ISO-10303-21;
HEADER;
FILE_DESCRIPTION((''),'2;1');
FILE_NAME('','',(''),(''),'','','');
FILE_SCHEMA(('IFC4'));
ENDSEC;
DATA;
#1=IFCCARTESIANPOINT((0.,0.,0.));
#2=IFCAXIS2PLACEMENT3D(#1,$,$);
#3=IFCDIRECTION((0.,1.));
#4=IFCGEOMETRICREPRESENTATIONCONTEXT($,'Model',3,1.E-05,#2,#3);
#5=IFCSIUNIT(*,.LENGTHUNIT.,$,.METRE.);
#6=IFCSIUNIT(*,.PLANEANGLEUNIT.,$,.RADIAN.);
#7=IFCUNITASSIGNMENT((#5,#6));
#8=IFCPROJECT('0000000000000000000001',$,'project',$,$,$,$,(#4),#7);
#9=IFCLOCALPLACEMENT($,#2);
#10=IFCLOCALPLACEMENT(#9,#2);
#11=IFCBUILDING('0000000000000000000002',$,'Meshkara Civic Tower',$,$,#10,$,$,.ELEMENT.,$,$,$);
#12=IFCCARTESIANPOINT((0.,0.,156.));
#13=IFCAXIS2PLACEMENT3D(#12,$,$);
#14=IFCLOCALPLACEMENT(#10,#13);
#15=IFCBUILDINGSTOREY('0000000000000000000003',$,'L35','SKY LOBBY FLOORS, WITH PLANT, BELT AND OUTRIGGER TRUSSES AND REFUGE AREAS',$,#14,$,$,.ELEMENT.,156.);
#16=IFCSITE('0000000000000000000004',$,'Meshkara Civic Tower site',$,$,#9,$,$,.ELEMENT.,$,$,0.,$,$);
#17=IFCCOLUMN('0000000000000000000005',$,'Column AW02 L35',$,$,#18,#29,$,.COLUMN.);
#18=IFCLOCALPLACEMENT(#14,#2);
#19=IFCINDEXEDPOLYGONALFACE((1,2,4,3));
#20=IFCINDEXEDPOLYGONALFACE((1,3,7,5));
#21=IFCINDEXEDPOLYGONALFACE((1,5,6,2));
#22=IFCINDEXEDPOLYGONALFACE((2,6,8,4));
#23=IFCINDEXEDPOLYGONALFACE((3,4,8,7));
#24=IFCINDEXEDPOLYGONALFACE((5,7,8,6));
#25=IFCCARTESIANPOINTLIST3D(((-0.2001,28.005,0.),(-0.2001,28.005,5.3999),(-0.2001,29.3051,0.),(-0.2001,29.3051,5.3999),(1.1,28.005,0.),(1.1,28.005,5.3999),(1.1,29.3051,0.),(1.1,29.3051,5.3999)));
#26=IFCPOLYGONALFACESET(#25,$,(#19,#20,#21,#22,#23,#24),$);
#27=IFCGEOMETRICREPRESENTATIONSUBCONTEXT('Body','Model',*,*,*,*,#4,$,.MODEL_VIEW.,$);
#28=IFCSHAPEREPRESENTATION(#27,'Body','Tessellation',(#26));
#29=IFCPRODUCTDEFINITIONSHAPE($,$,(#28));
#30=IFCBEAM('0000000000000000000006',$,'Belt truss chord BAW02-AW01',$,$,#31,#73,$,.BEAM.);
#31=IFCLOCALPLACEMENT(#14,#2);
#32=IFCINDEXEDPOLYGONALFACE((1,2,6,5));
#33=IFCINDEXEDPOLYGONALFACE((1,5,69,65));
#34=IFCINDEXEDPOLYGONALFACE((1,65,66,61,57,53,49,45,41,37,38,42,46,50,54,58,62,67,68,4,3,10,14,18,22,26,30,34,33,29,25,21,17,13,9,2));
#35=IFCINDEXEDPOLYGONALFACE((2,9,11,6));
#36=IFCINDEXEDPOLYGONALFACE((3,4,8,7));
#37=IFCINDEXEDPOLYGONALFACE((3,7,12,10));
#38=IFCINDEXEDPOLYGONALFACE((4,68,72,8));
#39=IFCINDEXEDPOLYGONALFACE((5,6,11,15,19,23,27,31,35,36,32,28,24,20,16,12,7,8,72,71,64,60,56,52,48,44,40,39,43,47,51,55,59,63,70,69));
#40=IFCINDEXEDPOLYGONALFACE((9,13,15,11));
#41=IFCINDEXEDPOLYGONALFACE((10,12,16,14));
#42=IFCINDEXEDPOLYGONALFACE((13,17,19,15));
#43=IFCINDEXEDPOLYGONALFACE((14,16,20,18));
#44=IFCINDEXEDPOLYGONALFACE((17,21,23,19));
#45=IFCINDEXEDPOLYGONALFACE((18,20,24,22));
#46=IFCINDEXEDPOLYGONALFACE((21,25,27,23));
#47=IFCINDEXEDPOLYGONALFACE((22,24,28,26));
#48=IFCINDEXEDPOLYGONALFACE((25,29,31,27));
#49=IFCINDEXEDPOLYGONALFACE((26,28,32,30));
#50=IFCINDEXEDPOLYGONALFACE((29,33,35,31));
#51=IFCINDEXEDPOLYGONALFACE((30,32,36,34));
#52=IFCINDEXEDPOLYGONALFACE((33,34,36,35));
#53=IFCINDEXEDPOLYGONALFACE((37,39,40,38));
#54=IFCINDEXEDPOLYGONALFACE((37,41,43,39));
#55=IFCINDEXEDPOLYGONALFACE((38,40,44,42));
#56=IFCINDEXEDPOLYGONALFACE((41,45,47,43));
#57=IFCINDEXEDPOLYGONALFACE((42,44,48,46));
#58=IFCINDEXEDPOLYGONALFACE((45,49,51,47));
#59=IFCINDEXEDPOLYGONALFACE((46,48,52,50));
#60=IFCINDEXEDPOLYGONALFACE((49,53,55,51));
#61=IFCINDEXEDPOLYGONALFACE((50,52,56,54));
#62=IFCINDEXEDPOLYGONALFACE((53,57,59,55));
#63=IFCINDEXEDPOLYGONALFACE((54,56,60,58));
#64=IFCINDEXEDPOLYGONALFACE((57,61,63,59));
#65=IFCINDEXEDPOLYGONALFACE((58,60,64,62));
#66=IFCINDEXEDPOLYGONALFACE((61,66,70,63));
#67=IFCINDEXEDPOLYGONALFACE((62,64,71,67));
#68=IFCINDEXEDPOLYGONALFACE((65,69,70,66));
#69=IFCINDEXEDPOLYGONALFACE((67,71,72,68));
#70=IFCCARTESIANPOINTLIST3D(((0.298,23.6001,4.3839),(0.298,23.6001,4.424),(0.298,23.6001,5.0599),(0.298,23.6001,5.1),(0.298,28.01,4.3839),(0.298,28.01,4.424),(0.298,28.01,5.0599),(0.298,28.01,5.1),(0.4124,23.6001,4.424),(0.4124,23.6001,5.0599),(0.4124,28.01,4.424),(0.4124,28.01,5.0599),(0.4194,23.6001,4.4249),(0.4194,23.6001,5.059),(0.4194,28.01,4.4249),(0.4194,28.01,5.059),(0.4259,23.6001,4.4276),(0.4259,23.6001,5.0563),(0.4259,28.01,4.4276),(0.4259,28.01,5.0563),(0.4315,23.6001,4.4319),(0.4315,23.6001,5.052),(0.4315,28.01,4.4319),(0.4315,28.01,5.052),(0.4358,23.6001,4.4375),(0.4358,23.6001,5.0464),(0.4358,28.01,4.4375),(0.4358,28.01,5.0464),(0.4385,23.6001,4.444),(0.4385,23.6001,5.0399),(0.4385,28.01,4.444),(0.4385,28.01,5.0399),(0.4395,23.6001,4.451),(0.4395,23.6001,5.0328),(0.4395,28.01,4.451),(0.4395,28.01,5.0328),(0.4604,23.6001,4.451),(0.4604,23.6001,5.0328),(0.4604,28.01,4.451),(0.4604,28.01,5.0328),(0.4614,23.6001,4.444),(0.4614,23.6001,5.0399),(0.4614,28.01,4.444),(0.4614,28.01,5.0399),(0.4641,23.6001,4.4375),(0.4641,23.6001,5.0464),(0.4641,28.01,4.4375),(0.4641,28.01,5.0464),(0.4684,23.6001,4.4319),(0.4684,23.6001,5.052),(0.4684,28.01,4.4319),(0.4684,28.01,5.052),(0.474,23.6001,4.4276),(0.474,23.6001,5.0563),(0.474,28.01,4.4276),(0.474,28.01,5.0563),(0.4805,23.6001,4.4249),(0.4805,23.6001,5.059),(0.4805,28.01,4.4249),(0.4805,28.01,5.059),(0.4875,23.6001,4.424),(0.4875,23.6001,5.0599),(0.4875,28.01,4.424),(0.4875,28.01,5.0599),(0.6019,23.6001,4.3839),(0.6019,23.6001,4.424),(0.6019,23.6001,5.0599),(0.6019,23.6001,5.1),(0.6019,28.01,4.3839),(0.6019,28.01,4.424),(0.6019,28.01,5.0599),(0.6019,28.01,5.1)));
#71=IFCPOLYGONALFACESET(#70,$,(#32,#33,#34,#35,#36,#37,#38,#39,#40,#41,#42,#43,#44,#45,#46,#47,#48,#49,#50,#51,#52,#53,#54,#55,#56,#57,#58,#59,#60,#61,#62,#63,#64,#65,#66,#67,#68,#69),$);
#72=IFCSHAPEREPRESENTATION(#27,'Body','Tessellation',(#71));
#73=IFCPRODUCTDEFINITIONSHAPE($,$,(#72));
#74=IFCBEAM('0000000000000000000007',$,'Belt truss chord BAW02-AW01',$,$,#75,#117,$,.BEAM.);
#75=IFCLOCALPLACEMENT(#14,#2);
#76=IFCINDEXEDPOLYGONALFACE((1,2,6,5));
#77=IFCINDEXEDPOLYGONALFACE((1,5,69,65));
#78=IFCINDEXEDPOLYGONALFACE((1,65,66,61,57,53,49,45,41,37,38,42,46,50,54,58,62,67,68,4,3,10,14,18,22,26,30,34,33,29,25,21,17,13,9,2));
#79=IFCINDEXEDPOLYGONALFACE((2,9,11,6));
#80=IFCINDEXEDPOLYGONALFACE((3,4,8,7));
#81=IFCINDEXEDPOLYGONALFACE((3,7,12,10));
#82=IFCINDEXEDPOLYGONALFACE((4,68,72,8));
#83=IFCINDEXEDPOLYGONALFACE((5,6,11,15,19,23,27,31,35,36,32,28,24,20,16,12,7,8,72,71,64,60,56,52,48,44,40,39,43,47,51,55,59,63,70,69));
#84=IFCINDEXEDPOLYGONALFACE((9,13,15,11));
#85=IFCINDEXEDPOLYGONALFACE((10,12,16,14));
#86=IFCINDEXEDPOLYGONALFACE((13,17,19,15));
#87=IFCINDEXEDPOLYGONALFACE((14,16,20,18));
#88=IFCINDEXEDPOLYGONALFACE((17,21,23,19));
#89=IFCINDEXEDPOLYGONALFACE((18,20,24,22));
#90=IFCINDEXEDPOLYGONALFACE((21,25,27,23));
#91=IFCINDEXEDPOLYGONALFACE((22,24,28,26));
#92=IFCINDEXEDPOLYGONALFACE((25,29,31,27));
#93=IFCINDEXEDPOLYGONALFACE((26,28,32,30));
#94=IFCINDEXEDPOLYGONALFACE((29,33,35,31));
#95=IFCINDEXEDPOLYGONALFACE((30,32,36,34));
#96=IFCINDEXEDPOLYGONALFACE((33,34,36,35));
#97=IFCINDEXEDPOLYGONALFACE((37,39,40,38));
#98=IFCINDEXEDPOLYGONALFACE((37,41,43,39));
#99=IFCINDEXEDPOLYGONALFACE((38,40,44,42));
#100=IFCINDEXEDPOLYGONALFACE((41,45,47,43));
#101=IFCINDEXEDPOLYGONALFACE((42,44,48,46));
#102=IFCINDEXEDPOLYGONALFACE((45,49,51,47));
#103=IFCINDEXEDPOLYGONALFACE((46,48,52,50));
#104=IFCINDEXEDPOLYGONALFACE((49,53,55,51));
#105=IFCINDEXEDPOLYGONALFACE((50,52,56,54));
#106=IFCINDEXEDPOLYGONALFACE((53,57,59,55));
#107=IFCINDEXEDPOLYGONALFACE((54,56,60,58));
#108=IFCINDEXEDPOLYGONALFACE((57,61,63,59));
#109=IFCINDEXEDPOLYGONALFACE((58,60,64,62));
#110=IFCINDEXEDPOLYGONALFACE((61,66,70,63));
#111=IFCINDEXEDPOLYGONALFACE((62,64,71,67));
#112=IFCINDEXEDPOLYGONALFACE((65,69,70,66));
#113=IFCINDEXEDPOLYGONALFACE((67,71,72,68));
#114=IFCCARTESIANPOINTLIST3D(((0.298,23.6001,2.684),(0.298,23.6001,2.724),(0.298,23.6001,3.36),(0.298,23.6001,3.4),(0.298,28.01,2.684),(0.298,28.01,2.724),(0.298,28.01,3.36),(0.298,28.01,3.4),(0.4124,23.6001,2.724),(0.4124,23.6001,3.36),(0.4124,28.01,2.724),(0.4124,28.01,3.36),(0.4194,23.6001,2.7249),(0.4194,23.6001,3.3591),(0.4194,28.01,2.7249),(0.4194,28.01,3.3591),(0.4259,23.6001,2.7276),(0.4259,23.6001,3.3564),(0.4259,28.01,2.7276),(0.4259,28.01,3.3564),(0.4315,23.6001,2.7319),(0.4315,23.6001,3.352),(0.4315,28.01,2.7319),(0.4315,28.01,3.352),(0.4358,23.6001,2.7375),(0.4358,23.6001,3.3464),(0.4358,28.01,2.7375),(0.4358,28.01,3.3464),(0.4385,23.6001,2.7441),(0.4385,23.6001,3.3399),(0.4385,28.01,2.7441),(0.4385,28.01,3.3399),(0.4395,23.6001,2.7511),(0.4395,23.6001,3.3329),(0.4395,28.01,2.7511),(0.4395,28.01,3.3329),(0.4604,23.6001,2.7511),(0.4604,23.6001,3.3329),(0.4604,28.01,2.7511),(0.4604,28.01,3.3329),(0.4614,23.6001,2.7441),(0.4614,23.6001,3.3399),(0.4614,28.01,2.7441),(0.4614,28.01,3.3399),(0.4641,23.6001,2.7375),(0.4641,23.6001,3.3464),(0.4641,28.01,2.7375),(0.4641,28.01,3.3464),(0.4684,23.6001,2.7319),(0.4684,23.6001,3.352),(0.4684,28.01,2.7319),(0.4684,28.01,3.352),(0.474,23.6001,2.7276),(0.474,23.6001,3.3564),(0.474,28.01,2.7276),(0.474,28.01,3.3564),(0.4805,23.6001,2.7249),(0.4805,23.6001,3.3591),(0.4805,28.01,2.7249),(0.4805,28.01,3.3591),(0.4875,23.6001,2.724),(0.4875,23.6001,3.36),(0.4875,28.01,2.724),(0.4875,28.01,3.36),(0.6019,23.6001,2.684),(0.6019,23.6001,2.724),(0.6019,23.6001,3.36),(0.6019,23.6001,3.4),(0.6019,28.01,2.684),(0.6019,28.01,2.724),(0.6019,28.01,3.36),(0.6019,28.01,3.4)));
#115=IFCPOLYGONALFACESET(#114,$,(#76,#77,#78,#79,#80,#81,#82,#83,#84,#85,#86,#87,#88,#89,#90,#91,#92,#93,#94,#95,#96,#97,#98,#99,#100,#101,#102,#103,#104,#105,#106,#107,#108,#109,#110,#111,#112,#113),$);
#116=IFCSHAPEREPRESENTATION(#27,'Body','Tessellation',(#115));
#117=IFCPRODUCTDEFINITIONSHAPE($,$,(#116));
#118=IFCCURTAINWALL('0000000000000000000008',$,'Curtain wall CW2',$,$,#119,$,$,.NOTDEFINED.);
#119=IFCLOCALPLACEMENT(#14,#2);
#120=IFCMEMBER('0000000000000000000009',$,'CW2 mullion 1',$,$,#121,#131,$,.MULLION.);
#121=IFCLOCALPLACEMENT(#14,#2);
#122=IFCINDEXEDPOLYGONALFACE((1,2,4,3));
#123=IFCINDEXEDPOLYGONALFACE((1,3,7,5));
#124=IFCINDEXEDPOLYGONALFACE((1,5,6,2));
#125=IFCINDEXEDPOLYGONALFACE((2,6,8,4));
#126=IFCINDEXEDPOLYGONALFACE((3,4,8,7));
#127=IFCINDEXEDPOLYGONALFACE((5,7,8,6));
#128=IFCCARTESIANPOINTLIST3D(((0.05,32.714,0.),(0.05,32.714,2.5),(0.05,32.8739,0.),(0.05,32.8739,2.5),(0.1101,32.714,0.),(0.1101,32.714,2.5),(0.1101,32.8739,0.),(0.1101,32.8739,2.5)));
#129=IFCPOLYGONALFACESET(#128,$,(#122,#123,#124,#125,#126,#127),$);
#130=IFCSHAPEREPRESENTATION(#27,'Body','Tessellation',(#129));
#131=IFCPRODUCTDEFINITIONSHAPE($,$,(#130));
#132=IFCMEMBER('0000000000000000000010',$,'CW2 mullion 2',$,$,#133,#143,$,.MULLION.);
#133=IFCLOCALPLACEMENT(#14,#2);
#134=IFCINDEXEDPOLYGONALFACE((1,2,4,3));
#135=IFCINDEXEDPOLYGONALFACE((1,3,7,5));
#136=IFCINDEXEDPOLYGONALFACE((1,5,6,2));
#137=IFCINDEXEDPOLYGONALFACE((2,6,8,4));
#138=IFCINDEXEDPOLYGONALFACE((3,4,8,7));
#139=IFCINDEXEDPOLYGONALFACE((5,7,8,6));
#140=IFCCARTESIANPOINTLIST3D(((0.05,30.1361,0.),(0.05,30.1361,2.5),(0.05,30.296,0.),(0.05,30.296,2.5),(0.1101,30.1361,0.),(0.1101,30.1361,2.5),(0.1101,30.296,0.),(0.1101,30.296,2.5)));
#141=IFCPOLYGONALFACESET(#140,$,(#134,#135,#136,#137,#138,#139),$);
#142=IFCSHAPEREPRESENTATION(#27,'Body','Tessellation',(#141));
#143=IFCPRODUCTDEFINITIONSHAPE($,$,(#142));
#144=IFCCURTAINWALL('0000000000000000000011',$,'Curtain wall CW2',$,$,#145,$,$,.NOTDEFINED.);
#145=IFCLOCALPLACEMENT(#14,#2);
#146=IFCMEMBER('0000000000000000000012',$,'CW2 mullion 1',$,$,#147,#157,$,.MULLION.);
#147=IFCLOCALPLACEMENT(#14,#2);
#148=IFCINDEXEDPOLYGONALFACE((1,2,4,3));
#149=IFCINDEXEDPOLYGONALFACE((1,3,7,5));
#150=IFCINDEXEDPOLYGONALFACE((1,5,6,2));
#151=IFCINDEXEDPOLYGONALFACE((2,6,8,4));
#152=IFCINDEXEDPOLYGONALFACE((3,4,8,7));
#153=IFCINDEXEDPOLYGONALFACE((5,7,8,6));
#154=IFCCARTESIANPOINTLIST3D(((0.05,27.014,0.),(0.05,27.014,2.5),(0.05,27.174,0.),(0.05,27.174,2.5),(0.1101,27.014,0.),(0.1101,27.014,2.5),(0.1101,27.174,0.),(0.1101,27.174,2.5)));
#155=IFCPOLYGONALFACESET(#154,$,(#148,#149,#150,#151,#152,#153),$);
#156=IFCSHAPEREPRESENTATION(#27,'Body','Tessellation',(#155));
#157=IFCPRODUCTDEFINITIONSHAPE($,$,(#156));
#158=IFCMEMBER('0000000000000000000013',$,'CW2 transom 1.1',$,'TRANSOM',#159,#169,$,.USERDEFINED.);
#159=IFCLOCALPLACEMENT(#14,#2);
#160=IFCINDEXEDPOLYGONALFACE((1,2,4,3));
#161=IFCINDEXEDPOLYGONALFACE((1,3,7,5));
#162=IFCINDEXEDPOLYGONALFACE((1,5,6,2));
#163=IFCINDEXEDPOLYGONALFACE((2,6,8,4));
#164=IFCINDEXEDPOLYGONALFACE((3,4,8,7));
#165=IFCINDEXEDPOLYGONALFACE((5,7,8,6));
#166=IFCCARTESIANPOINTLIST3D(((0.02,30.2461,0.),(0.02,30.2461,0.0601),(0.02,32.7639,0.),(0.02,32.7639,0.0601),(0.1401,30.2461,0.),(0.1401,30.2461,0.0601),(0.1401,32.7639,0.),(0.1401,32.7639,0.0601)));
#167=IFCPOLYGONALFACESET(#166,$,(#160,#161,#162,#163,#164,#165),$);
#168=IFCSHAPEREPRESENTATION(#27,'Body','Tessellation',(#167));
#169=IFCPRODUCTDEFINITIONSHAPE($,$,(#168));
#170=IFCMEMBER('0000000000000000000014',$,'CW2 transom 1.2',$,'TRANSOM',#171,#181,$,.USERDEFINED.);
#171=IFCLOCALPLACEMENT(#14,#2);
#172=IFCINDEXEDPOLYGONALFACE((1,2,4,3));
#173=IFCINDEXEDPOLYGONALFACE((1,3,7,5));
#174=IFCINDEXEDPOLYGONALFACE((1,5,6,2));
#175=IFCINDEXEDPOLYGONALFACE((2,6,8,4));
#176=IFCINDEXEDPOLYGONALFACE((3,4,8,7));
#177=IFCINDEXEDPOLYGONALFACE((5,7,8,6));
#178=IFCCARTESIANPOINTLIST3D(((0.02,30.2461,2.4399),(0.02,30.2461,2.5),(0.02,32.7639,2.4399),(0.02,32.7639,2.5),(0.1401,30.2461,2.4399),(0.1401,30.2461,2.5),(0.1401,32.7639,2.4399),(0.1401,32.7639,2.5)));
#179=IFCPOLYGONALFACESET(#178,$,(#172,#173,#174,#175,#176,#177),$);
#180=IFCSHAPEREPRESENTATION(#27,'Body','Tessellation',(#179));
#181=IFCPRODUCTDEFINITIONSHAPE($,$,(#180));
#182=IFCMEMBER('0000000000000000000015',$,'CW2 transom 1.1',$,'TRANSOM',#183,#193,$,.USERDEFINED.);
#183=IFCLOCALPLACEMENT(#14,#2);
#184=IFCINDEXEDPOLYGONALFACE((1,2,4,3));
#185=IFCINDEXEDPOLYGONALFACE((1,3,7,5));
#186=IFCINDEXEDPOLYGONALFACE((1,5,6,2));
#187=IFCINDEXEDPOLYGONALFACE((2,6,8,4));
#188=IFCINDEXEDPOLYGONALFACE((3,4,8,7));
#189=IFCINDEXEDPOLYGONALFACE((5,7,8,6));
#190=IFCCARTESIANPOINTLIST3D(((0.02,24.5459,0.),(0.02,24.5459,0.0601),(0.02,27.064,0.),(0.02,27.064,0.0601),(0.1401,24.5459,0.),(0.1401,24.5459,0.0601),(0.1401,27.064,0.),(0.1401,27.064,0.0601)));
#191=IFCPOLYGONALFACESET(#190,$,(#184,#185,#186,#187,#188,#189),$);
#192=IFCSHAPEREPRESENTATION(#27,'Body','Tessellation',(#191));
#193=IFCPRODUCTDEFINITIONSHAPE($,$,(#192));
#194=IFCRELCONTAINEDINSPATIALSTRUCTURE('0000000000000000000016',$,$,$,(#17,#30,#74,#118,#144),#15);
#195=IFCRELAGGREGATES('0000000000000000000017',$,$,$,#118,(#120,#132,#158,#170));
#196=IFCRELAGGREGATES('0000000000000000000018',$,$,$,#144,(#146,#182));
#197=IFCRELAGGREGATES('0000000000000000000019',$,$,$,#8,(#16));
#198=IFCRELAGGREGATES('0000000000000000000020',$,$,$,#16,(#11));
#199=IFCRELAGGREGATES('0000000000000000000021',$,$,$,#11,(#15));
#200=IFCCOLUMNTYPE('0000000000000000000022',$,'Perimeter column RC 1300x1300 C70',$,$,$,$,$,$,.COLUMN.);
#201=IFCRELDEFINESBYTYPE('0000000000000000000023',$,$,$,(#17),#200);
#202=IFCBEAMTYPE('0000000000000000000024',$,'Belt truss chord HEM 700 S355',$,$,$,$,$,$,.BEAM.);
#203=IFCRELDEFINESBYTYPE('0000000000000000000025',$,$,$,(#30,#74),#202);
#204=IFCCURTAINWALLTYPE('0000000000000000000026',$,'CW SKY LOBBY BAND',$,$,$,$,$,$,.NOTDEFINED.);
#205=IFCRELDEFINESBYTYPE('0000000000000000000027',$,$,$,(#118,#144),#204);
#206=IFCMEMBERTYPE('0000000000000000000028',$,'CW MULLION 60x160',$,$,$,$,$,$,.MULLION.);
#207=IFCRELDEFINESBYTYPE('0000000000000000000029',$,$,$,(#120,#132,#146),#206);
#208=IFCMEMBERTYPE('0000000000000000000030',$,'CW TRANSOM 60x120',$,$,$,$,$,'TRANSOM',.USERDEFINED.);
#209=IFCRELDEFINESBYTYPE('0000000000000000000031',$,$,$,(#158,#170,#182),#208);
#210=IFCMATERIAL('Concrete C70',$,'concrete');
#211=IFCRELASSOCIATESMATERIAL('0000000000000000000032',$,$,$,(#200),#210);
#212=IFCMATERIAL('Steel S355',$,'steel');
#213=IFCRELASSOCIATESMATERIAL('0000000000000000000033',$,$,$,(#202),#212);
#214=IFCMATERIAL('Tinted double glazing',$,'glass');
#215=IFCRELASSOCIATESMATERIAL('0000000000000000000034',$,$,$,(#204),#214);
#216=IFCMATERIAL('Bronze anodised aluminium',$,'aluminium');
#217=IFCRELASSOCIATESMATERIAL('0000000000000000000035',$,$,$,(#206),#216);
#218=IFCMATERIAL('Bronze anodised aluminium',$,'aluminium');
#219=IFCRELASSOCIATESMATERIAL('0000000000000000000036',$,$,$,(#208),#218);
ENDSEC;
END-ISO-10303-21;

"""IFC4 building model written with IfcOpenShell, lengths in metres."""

from ifc_helpers import new_model, si_unit, direction, frame, origin, origin_2d, place, context, subcontext, project, spatial, rectangle, i_section, extrude, material, material_profile, profile_set, type_object, element, aggregate, save


model = new_model("IFC4")

# Units and contexts
model_context = context("Model", 3, precision=1e-05, world=origin(), true_north=direction((0.0, 1.0)))
body_context = subcontext(model_context, "Body", "Model", "MODEL_VIEW")
ifc_project = project(units=[si_unit("LENGTHUNIT", "METRE"), si_unit("PLANEANGLEUNIT", "RADIAN")], contexts=[model_context])

# Site, building, storey
site_placement = place(None, origin())
site = spatial("IfcSite", under=ifc_project, at=site_placement, Name="Meshkara Civic Tower site", CompositionType="ELEMENT", RefElevation=0.0)
building_placement = place(site_placement, origin())
building = spatial("IfcBuilding", under=site, at=building_placement, Name="Meshkara Civic Tower", CompositionType="ELEMENT")
storey_placement = place(building_placement, frame((0.0, 0.0, 156.0)))
storey = spatial("IfcBuildingStorey", under=building, at=storey_placement, Name="L35", Description="SKY LOBBY FLOORS, WITH PLANT, BELT AND OUTRIGGER TRUSSES AND REFUGE AREAS", CompositionType="ELEMENT", Elevation=156.0)

# Column
ifc_material_1 = material(Name="Concrete C70", Category="concrete")
ifc_material_profile_1 = material_profile(ifc_material_1, rectangle(XDim=1.3, YDim=1.3, at=origin_2d()))
ifc_profile_set_1 = profile_set([ifc_material_profile_1], Name="Concrete C70")
column_type = type_object("IfcColumnType", Name="Perimeter column RC 1300x1300 C70", PredefinedType="COLUMN", material=ifc_profile_set_1)
column_placement = place(storey_placement, frame((0.45, 28.655, 0.0), z_axis=(0.0, 0.0, 1.0), x_axis=(1.0, 0.0, 0.0)))
element("IfcColumn", 1, at=column_placement, inside=storey, type_object=column_type, Name="Column AW02 L35", PredefinedType="COLUMN", context=body_context, shape_type="SweptSolid", body=[
    extrude(rectangle(XDim=1.3, YDim=1.3, at=origin_2d()), origin(), (0.0, 0.0, 1.0), 5.3999),
])

# Beams
ifc_material_2 = material(Name="Steel S355", Category="steel")
ifc_material_profile_2 = material_profile(ifc_material_2, i_section(OverallWidth=0.304, OverallDepth=0.7161, WebThickness=0.021, FlangeThickness=0.04, FilletRadius=0.0271, at=origin_2d()))
ifc_profile_set_2 = profile_set([ifc_material_profile_2], Name="Steel S355")
beam_type = type_object("IfcBeamType", Name="Belt truss chord HEM 700 S355", PredefinedType="BEAM", material=ifc_profile_set_2)
for number, where, z_axis, x_axis, name in (
    (2, (0.45, 28.01, 4.7419), (0.0, -1.0, 0.0), (1.0, 0.0, 0.0), "Belt truss chord BAW02-AW01"),
    (3, (0.45, 28.01, 3.042), (0.0, -1.0, 0.0), (1.0, 0.0, 0.0), "Belt truss chord BAW02-AW01"),
):
    element("IfcBeam", number, at=place(storey_placement, frame(where, z_axis=z_axis, x_axis=x_axis)), inside=storey, type_object=beam_type, Name=name, PredefinedType="BEAM", context=body_context, shape_type="SweptSolid", body=[
        extrude(i_section(OverallWidth=0.304, OverallDepth=0.7161, WebThickness=0.021, FlangeThickness=0.04, FilletRadius=0.0271, at=origin_2d()), origin(), (0.0, 0.0, 1.0), 4.4099),
    ])

# Curtain wall, members
ifc_material_3 = material(Name="Tinted double glazing", Category="glass")
curtain_wall_type = type_object("IfcCurtainWallType", Name="CW SKY LOBBY BAND", PredefinedType="NOTDEFINED", material=ifc_material_3)
curtain_wall_1_placement = place(storey_placement, origin())
curtain_wall_1 = element("IfcCurtainWall", 4, at=curtain_wall_1_placement, inside=storey, type_object=curtain_wall_type, Name="Curtain wall CW2", PredefinedType="NOTDEFINED")
ifc_material_4 = material(Name="Bronze anodised aluminium", Category="aluminium")
ifc_material_profile_3 = material_profile(ifc_material_4, rectangle(XDim=0.0601, YDim=0.1599, at=origin_2d()))
ifc_profile_set_3 = profile_set([ifc_material_profile_3], Name="Bronze anodised aluminium")
member_type_1 = type_object("IfcMemberType", Name="CW MULLION 60x160", PredefinedType="MULLION", material=ifc_profile_set_3)
member_1_placement = place(storey_placement, frame((0.0801, 32.7939, 0.0), z_axis=(0.0, 0.0, 1.0), x_axis=(1.0, 0.0, 0.0)))
member_1 = element("IfcMember", 5, at=member_1_placement, type_object=member_type_1, Name="CW2 mullion 1", PredefinedType="MULLION", context=body_context, shape_type="SweptSolid", body=[
    extrude(rectangle(XDim=0.0601, YDim=0.1599, at=origin_2d()), origin(), (0.0, 0.0, 1.0), 2.5),
])
member_2_placement = place(storey_placement, frame((0.0801, 30.2161, 0.0), z_axis=(0.0, 0.0, 1.0), x_axis=(1.0, 0.0, 0.0)))
member_2 = element("IfcMember", 6, at=member_2_placement, type_object=member_type_1, Name="CW2 mullion 2", PredefinedType="MULLION", context=body_context, shape_type="SweptSolid", body=[
    extrude(rectangle(XDim=0.0601, YDim=0.1599, at=origin_2d()), origin(), (0.0, 0.0, 1.0), 2.5),
])

# Curtain wall, member
curtain_wall_2_placement = place(storey_placement, origin())
curtain_wall_2 = element("IfcCurtainWall", 7, at=curtain_wall_2_placement, inside=storey, type_object=curtain_wall_type, Name="Curtain wall CW2", PredefinedType="NOTDEFINED")
member_3_placement = place(storey_placement, frame((0.0801, 27.094, 0.0), z_axis=(0.0, 0.0, 1.0), x_axis=(1.0, 0.0, 0.0)))
member_3 = element("IfcMember", 8, at=member_3_placement, type_object=member_type_1, Name="CW2 mullion 1", PredefinedType="MULLION", context=body_context, shape_type="SweptSolid", body=[
    extrude(rectangle(XDim=0.0601, YDim=0.1599, at=origin_2d()), origin(), (0.0, 0.0, 1.0), 2.5),
])

# Members
ifc_material_5 = material(Name="Bronze anodised aluminium", Category="aluminium")
ifc_material_profile_4 = material_profile(ifc_material_5, rectangle(XDim=0.1201, YDim=0.0601, at=origin_2d()))
ifc_profile_set_4 = profile_set([ifc_material_profile_4], Name="Bronze anodised aluminium")
member_type_2 = type_object("IfcMemberType", Name="CW TRANSOM 60x120", ElementType="TRANSOM", PredefinedType="USERDEFINED", material=ifc_profile_set_4)
member_4_placement = place(storey_placement, frame((0.0801, 32.7639, 0.03), z_axis=(0.0, -1.0, 0.0), x_axis=(1.0, 0.0, 0.0)))
member_4 = element("IfcMember", 9, at=member_4_placement, type_object=member_type_2, Name="CW2 transom 1.1", ObjectType="TRANSOM", PredefinedType="USERDEFINED", context=body_context, shape_type="SweptSolid", body=[
    extrude(rectangle(XDim=0.1201, YDim=0.0601, at=origin_2d()), origin(), (0.0, 0.0, 1.0), 2.5178),
])
member_5_placement = place(storey_placement, frame((0.0801, 32.7639, 2.47), z_axis=(0.0, -1.0, 0.0), x_axis=(1.0, 0.0, 0.0)))
member_5 = element("IfcMember", 10, at=member_5_placement, type_object=member_type_2, Name="CW2 transom 1.2", ObjectType="TRANSOM", PredefinedType="USERDEFINED", context=body_context, shape_type="SweptSolid", body=[
    extrude(rectangle(XDim=0.1201, YDim=0.0601, at=origin_2d()), origin(), (0.0, 0.0, 1.0), 2.5178),
])
member_6_placement = place(storey_placement, frame((0.0801, 27.064, 0.03), z_axis=(0.0, -1.0, 0.0), x_axis=(1.0, 0.0, 0.0)))
member_6 = element("IfcMember", 11, at=member_6_placement, type_object=member_type_2, Name="CW2 transom 1.1", ObjectType="TRANSOM", PredefinedType="USERDEFINED", context=body_context, shape_type="SweptSolid", body=[
    extrude(rectangle(XDim=0.1201, YDim=0.0601, at=origin_2d()), origin(), (0.0, 0.0, 1.0), 2.5181),
])

aggregate(curtain_wall_1, [member_1, member_2, member_4, member_5])
aggregate(curtain_wall_2, [member_3, member_6])

save(model, "model.ifc")
